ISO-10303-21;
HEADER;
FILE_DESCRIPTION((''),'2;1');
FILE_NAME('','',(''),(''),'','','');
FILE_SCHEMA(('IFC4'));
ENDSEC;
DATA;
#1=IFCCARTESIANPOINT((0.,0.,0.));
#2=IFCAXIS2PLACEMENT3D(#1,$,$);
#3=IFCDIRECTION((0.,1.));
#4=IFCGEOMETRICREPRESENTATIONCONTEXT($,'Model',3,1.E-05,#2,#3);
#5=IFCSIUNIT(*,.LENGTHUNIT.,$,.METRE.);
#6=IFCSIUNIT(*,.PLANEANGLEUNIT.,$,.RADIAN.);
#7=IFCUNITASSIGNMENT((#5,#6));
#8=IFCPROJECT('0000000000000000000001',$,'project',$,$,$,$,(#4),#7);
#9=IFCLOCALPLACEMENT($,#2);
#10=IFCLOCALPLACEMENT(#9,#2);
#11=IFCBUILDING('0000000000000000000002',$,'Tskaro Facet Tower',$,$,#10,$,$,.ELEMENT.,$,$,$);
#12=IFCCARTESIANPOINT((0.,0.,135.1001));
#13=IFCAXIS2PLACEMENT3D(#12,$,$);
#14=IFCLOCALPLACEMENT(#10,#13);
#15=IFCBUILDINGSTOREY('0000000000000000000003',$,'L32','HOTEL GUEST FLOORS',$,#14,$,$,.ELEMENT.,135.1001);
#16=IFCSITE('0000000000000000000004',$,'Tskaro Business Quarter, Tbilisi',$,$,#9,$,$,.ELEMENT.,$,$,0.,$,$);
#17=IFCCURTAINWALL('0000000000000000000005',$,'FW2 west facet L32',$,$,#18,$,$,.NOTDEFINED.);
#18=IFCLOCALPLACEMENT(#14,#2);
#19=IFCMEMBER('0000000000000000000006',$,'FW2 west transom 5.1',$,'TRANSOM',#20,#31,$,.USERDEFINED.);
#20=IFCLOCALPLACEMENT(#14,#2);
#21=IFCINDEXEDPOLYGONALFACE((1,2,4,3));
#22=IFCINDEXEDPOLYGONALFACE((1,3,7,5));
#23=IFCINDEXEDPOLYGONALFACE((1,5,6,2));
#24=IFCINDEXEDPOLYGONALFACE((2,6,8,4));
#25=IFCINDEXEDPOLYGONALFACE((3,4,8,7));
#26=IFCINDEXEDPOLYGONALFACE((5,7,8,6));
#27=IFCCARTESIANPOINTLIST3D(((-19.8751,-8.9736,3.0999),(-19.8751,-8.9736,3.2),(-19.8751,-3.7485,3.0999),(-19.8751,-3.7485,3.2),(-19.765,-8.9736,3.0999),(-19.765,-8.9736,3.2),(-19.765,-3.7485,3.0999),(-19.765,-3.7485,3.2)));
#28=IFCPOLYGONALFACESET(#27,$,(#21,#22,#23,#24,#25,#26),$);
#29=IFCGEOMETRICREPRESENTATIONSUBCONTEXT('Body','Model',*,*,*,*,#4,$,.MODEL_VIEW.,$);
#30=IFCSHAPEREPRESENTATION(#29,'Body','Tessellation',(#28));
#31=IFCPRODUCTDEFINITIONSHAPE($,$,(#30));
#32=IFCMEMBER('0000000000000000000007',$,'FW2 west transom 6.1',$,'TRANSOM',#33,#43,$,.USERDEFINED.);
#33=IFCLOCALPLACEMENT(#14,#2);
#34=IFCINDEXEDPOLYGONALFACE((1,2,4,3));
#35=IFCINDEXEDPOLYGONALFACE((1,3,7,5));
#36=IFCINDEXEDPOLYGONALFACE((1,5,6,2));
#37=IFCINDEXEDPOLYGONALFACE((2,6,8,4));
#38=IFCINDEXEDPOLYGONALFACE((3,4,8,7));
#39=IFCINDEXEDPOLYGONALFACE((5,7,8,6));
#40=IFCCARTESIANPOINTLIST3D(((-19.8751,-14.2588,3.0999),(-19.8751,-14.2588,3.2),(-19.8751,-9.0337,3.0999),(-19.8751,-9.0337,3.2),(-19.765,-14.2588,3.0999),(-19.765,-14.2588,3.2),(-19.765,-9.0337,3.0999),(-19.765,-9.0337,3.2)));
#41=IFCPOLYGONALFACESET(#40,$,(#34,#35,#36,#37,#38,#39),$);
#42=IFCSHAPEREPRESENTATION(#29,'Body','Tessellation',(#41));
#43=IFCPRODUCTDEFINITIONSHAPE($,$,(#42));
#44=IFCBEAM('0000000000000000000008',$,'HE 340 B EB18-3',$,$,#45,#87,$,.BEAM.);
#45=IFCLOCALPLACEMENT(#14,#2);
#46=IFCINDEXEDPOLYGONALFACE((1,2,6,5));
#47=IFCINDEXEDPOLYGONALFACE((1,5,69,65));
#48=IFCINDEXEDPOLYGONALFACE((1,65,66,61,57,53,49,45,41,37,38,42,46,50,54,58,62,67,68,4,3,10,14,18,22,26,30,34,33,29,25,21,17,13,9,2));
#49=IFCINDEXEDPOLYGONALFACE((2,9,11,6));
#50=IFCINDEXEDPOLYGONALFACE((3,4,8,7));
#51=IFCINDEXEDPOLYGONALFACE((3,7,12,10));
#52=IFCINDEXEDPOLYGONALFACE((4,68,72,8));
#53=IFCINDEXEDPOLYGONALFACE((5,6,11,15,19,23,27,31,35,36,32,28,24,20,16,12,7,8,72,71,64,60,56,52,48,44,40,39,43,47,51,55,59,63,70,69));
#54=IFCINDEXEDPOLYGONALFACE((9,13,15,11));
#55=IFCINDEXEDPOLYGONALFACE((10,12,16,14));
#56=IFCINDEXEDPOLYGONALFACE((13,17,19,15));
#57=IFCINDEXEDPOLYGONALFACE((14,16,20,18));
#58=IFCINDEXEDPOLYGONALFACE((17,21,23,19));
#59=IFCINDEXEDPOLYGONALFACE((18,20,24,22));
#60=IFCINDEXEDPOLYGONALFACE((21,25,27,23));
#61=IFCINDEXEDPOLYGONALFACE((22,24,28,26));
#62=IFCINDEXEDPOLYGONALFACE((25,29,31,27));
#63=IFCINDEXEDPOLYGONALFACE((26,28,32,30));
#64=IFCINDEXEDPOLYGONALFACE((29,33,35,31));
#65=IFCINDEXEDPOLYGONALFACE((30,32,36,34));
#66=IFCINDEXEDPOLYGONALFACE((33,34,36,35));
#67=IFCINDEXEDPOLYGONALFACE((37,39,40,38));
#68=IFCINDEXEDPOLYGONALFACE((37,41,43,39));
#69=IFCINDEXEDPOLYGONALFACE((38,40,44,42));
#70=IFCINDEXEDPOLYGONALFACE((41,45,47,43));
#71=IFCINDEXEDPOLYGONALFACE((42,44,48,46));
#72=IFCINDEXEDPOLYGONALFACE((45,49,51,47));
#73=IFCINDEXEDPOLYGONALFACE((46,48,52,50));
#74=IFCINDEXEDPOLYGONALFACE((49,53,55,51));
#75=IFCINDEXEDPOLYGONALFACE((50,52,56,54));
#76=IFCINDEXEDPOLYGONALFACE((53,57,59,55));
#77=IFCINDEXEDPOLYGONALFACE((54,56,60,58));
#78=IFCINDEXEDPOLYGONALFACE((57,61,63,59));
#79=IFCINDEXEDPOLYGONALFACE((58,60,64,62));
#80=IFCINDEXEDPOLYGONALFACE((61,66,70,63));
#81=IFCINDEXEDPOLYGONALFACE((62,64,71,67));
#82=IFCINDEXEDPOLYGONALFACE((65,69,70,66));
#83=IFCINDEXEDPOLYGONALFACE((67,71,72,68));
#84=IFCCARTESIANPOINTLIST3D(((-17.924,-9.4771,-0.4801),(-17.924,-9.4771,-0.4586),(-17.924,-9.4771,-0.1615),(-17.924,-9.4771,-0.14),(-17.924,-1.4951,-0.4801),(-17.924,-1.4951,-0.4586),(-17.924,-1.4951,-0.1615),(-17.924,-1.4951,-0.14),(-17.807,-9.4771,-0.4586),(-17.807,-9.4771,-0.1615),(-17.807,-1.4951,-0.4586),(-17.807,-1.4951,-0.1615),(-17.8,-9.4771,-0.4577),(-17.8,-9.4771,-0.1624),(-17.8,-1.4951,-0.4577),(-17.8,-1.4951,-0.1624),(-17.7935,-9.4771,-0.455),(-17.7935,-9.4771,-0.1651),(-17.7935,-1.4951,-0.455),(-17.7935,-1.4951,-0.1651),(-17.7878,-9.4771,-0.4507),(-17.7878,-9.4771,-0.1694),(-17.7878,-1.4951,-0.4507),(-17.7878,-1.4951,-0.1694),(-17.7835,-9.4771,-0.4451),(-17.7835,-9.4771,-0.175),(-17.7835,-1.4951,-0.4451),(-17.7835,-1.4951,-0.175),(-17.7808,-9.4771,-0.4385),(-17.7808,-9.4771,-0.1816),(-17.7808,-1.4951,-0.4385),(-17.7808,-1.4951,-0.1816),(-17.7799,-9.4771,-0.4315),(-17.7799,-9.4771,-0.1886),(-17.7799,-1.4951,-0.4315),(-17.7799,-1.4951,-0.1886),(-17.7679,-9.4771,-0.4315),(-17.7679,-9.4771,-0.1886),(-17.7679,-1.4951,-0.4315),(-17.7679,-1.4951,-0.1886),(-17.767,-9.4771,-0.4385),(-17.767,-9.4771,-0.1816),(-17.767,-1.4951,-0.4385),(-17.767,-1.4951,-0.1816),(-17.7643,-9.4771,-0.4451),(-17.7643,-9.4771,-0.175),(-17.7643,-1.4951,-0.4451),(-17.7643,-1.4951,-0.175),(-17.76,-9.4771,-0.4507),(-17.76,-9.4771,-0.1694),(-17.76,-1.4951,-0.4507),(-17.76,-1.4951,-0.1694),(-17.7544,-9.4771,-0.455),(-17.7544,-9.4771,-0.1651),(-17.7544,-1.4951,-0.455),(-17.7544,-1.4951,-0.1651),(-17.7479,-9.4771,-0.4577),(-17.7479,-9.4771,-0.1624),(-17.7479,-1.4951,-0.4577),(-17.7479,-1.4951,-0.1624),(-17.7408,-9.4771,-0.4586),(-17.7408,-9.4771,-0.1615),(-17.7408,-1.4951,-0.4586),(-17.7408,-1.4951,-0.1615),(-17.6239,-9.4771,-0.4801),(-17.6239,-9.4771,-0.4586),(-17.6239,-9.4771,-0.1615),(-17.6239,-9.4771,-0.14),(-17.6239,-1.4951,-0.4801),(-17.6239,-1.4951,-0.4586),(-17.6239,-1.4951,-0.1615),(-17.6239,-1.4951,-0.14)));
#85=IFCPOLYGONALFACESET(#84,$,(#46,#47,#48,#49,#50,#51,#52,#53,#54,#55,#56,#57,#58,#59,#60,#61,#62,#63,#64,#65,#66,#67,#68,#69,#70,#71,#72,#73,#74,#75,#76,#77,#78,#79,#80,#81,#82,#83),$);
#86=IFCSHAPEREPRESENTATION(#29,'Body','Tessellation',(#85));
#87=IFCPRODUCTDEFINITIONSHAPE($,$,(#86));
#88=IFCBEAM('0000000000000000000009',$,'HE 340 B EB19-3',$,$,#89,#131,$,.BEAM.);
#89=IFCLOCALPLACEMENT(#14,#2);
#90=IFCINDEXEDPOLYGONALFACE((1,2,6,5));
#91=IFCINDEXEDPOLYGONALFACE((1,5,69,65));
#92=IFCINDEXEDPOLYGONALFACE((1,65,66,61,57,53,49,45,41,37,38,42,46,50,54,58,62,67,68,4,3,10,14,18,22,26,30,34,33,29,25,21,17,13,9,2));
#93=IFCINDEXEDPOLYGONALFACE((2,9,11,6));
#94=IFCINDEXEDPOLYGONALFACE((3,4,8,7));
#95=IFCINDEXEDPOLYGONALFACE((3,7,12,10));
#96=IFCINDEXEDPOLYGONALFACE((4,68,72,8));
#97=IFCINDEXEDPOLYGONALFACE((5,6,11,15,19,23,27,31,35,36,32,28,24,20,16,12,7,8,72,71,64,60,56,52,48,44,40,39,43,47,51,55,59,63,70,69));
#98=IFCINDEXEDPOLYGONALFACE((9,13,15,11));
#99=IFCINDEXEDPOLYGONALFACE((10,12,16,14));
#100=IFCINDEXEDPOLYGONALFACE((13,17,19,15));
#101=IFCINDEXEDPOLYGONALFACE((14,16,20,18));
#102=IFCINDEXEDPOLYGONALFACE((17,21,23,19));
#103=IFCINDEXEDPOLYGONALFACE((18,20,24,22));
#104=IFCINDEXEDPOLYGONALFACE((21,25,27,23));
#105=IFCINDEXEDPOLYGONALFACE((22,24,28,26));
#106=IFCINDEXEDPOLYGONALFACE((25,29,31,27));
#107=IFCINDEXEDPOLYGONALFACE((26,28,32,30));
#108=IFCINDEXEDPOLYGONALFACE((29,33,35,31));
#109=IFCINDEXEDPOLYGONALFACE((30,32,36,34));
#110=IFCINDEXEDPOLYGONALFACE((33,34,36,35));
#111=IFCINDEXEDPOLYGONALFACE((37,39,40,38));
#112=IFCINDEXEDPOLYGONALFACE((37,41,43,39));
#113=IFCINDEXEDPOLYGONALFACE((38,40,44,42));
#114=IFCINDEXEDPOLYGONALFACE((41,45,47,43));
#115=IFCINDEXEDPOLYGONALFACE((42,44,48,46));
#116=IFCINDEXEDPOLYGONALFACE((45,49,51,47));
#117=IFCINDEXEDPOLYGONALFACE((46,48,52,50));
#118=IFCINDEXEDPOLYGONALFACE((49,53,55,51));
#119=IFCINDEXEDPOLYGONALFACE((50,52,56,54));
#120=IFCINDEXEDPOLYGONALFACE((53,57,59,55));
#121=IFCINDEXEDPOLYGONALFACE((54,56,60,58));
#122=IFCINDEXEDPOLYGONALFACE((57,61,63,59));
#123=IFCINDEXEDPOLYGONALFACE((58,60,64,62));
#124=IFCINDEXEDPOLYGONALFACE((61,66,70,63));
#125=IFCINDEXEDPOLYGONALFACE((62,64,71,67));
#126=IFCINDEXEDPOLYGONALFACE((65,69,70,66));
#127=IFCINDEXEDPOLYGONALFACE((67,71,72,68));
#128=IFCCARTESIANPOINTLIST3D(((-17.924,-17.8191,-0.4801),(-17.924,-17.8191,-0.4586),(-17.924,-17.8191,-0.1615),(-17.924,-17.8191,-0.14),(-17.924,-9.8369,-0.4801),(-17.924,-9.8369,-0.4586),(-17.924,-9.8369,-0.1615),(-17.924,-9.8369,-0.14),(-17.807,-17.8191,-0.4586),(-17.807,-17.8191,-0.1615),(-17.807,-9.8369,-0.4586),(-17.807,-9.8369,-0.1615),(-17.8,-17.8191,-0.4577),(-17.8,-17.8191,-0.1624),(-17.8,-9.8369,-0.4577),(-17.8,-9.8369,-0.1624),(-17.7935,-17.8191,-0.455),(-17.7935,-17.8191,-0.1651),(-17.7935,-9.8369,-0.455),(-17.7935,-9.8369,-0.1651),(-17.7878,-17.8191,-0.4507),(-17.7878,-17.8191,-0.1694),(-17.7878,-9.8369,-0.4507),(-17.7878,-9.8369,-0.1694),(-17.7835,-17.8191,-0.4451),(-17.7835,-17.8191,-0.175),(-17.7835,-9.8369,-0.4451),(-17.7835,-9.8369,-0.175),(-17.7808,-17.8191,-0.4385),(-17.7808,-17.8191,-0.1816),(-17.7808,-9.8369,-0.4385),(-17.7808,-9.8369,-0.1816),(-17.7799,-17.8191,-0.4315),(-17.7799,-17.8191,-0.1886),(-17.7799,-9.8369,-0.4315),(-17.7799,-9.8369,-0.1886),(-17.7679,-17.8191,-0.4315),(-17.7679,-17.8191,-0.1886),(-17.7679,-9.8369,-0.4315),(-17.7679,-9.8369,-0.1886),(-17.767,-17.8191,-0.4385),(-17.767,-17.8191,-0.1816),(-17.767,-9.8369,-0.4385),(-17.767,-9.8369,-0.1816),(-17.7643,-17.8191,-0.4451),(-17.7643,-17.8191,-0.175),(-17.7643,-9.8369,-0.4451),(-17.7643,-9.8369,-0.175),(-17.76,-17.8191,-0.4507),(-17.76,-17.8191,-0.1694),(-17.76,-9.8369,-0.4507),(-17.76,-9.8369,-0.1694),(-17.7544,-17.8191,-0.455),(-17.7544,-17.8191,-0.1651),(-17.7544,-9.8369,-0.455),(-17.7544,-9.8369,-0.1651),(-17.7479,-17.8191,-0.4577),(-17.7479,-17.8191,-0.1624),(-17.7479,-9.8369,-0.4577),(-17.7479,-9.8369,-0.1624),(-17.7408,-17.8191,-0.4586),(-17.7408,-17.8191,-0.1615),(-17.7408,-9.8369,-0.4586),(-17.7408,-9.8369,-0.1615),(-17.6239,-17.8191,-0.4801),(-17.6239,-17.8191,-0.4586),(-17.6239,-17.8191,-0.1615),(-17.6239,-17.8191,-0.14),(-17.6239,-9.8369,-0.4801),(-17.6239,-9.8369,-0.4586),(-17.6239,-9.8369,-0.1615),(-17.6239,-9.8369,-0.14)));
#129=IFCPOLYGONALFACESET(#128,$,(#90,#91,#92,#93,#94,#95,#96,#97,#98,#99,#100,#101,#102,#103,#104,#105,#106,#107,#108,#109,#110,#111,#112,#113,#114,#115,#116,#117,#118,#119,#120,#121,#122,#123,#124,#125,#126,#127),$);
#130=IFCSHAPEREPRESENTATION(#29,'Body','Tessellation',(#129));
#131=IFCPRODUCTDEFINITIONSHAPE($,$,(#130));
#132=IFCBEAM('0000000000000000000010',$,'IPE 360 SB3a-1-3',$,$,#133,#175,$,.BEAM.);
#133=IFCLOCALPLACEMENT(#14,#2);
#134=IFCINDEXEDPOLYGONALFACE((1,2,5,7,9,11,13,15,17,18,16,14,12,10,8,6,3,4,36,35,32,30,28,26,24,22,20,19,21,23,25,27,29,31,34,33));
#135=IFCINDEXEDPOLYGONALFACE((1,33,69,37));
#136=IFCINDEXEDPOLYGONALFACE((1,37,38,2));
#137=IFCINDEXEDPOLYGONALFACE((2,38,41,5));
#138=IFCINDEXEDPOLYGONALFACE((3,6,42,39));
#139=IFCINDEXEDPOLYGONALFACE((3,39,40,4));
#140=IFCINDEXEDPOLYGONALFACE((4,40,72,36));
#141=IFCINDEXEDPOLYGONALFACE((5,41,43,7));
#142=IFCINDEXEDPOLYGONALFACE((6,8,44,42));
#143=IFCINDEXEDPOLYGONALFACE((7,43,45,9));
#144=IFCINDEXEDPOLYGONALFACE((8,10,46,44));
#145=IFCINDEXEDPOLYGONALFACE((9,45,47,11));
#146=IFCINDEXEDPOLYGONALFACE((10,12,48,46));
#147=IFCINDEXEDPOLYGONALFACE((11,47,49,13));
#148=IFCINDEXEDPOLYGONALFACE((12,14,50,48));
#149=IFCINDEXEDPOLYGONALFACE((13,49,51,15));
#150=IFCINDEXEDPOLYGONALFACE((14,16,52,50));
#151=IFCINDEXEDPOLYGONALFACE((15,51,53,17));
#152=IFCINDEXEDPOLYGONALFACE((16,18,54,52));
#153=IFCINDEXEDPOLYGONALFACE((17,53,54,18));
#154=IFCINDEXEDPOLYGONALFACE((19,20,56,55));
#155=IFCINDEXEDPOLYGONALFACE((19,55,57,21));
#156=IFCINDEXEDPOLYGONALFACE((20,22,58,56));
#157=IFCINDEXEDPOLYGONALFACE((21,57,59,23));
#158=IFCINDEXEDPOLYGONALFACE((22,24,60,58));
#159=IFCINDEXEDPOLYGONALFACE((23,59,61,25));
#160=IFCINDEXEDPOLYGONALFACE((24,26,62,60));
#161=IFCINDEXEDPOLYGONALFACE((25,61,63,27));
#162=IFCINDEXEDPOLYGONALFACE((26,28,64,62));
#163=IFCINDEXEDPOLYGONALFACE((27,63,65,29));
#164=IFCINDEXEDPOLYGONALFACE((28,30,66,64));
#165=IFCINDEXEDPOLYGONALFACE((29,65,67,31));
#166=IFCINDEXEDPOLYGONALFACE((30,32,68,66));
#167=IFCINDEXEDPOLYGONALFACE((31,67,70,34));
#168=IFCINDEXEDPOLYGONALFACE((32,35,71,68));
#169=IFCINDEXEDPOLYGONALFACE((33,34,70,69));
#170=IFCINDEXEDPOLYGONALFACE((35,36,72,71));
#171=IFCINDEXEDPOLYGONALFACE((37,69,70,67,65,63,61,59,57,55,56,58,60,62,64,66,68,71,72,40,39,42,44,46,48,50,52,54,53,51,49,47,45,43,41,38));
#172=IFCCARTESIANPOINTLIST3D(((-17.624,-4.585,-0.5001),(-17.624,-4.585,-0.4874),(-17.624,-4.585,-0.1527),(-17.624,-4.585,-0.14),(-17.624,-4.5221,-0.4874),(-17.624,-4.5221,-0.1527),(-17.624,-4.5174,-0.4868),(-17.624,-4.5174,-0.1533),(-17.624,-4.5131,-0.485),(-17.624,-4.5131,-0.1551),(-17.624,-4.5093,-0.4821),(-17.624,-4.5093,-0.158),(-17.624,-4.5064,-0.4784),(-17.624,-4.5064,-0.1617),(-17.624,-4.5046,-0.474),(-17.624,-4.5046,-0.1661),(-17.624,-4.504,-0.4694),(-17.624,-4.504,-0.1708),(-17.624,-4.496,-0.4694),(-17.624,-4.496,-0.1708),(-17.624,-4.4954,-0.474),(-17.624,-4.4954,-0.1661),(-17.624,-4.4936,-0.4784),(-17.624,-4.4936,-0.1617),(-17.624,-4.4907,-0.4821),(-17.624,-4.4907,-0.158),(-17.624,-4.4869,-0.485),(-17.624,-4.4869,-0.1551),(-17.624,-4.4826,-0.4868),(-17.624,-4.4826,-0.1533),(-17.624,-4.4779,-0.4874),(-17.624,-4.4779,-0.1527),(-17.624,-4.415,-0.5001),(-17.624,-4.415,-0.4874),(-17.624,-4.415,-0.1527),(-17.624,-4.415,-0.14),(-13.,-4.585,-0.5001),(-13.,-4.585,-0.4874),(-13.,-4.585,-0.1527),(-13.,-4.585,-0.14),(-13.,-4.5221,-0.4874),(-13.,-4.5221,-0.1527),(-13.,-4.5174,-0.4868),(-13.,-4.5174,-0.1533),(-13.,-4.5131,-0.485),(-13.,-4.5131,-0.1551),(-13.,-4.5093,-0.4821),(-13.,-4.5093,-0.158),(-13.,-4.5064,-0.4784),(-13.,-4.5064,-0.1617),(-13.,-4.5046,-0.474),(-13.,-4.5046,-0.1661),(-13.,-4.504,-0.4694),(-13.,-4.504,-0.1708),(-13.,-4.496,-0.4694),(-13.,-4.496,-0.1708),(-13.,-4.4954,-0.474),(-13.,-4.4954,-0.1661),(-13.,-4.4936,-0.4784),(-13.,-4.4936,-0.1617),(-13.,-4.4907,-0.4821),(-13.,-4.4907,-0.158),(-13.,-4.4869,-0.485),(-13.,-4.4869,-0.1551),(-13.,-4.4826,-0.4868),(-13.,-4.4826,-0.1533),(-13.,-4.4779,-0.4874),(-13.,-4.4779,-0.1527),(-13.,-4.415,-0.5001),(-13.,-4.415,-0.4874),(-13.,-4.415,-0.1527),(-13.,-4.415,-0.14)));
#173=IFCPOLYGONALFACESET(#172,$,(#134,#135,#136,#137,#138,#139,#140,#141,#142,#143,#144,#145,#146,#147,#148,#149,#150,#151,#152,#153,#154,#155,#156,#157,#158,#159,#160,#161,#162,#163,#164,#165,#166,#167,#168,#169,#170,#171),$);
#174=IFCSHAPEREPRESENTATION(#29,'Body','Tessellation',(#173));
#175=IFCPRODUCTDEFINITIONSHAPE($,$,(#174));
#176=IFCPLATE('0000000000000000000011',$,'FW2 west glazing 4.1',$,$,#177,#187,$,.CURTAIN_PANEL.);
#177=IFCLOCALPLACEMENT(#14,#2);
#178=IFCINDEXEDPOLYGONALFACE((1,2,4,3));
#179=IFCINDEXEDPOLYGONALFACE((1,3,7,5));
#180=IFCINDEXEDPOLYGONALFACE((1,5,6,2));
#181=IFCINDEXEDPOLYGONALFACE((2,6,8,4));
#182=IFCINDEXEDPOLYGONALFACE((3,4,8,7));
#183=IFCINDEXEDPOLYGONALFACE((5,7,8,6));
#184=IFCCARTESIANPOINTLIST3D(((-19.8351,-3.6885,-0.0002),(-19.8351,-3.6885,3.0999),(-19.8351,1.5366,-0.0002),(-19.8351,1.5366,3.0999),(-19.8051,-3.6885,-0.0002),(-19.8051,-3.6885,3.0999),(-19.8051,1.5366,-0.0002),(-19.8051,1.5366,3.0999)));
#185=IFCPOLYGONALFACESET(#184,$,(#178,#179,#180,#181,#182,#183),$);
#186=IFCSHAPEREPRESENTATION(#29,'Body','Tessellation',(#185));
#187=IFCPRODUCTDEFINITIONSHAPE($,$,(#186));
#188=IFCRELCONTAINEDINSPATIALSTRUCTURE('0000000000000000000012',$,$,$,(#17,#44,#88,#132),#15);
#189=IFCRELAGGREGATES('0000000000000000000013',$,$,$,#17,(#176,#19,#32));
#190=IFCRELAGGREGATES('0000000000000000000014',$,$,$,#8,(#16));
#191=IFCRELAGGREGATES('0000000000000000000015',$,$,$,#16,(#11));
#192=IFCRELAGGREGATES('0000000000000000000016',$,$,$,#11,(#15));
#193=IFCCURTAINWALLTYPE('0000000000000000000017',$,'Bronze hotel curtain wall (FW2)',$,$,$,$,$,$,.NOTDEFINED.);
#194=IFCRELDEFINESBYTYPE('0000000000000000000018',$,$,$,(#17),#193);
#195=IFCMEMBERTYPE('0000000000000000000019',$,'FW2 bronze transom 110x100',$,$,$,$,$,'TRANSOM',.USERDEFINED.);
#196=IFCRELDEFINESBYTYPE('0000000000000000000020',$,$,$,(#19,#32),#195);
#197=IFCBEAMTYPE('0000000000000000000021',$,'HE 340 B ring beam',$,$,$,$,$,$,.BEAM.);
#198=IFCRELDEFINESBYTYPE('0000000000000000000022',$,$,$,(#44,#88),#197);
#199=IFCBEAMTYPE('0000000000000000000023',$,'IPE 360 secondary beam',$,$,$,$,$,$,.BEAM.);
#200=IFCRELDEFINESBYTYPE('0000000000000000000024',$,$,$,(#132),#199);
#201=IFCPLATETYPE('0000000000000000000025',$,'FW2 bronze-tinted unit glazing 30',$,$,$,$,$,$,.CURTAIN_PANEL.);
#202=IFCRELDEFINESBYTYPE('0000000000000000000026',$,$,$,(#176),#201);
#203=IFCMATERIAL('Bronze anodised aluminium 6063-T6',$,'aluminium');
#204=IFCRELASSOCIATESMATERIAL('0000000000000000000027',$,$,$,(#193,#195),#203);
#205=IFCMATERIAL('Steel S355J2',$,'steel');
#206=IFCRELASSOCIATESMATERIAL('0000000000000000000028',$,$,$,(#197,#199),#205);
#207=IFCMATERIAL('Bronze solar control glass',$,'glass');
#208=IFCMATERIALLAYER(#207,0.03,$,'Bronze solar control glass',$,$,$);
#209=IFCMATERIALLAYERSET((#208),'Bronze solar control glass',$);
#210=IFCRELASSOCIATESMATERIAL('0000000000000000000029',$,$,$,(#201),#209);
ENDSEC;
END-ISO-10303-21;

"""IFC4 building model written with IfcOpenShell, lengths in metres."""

from ifc_helpers import new_model, si_unit, direction, frame, origin, origin_2d, place, context, subcontext, project, spatial, rectangle, i_section, extrude, material, layer, layer_set, material_profile, profile_set, type_object, element, aggregate, save


model = new_model("IFC4")

# Units and contexts
model_context = context("Model", 3, precision=1e-05, world=origin(), true_north=direction((0.0, 1.0)))
body_context = subcontext(model_context, "Body", "Model", "MODEL_VIEW")
ifc_project = project(units=[si_unit("LENGTHUNIT", "METRE"), si_unit("PLANEANGLEUNIT", "RADIAN")], contexts=[model_context])

# Site, building, storey
site_placement = place(None, origin())
site = spatial("IfcSite", under=ifc_project, at=site_placement, Name="Tskaro Business Quarter, Tbilisi", CompositionType="ELEMENT", RefElevation=0.0)
building_placement = place(site_placement, origin())
building = spatial("IfcBuilding", under=site, at=building_placement, Name="Tskaro Facet Tower", CompositionType="ELEMENT")
storey_placement = place(building_placement, frame((0.0, 0.0, 135.1001)))
storey = spatial("IfcBuildingStorey", under=building, at=storey_placement, Name="L32", Description="HOTEL GUEST FLOORS", CompositionType="ELEMENT", Elevation=135.1001)

# Curtain wall, members
ifc_material_1 = material(Name="Bronze anodised aluminium 6063-T6", Category="aluminium")
curtain_wall_type = type_object("IfcCurtainWallType", Name="Bronze hotel curtain wall (FW2)", PredefinedType="NOTDEFINED", material=ifc_material_1)
curtain_wall_placement = place(storey_placement, origin())
curtain_wall = element("IfcCurtainWall", 1, at=curtain_wall_placement, inside=storey, type_object=curtain_wall_type, Name="FW2 west facet L32", PredefinedType="NOTDEFINED")
ifc_material_profile_1 = material_profile(ifc_material_1, rectangle(XDim=0.1101, YDim=0.1001, at=origin_2d()), Name="Transom 110x100")
ifc_profile_set_1 = profile_set([ifc_material_profile_1], Name="Bronze anodised aluminium 6063-T6")
member_type_1 = type_object("IfcMemberType", Name="FW2 bronze transom 110x100", ElementType="TRANSOM", PredefinedType="USERDEFINED", material=ifc_profile_set_1)
member_1_placement = place(storey_placement, frame((-19.8201, -3.7485, 3.1499), z_axis=(0.0, -1.0, 0.0), x_axis=(1.0, 0.0, 0.0)))
member_1 = element("IfcMember", 2, at=member_1_placement, type_object=member_type_1, Name="FW2 west transom 5.1", ObjectType="TRANSOM", PredefinedType="USERDEFINED", context=body_context, shape_type="SweptSolid", body=[
    extrude(rectangle(XDim=0.1101, YDim=0.1001, at=origin_2d()), origin(), (0.0, 0.0, 1.0), 5.2251),
])
member_2_placement = place(storey_placement, frame((-19.8201, -9.0337, 3.1499), z_axis=(0.0, -1.0, 0.0), x_axis=(1.0, 0.0, 0.0)))
member_2 = element("IfcMember", 3, at=member_2_placement, type_object=member_type_1, Name="FW2 west transom 6.1", ObjectType="TRANSOM", PredefinedType="USERDEFINED", context=body_context, shape_type="SweptSolid", body=[
    extrude(rectangle(XDim=0.1101, YDim=0.1001, at=origin_2d()), origin(), (0.0, 0.0, 1.0), 5.2251),
])

# Beams
ifc_material_2 = material(Name="Steel S355J2", Category="steel")
ifc_material_profile_2 = material_profile(ifc_material_2, i_section(OverallWidth=0.3, OverallDepth=0.3401, WebThickness=0.012, FlangeThickness=0.0215, FilletRadius=0.0271, at=origin_2d()), Name="HE 340 B")
ifc_profile_set_2 = profile_set([ifc_material_profile_2], Name="Steel S355J2")
beam_type_1 = type_object("IfcBeamType", Name="HE 340 B ring beam", PredefinedType="BEAM", material=ifc_profile_set_2)
beam_1_placement = place(storey_placement, frame((-17.7739, -1.4951, -0.3101), z_axis=(0.0, -1.0, 0.0), x_axis=(1.0, 0.0, 0.0)))
element("IfcBeam", 4, at=beam_1_placement, inside=storey, type_object=beam_type_1, Name="HE 340 B EB18-3", PredefinedType="BEAM", context=body_context, shape_type="SweptSolid", body=[
    extrude(i_section(OverallWidth=0.3, OverallDepth=0.3401, WebThickness=0.012, FlangeThickness=0.0215, FilletRadius=0.0271, at=origin_2d()), origin(), (0.0, 0.0, 1.0), 7.9819),
])
beam_2_placement = place(storey_placement, frame((-17.7739, -9.8369, -0.3101), z_axis=(0.0, -1.0, 0.0), x_axis=(1.0, 0.0, 0.0)))
element("IfcBeam", 5, at=beam_2_placement, inside=storey, type_object=beam_type_1, Name="HE 340 B EB19-3", PredefinedType="BEAM", context=body_context, shape_type="SweptSolid", body=[
    extrude(i_section(OverallWidth=0.3, OverallDepth=0.3401, WebThickness=0.012, FlangeThickness=0.0215, FilletRadius=0.0271, at=origin_2d()), origin(), (0.0, 0.0, 1.0), 7.9822),
])
ifc_material_profile_3 = material_profile(ifc_material_2, i_section(OverallWidth=0.1699, OverallDepth=0.3601, WebThickness=0.0081, FlangeThickness=0.0127, FilletRadius=0.0181, at=origin_2d()), Name="IPE 360")
ifc_profile_set_3 = profile_set([ifc_material_profile_3], Name="Steel S355J2")
beam_type_2 = type_object("IfcBeamType", Name="IPE 360 secondary beam", PredefinedType="BEAM", material=ifc_profile_set_3)
beam_3_placement = place(storey_placement, frame((-17.624, -4.5, -0.3201), z_axis=(1.0, 0.0, 0.0), x_axis=(0.0, 1.0, 0.0)))
element("IfcBeam", 6, at=beam_3_placement, inside=storey, type_object=beam_type_2, Name="IPE 360 SB3a-1-3", PredefinedType="BEAM", context=body_context, shape_type="SweptSolid", body=[
    extrude(i_section(OverallWidth=0.1699, OverallDepth=0.3601, WebThickness=0.0081, FlangeThickness=0.0127, FilletRadius=0.0181, at=origin_2d()), origin(), (0.0, 0.0, 1.0), 4.624),
])

# Plate
ifc_material_3 = material(Name="Bronze solar control glass", Category="glass")
ifc_layer_1 = layer(ifc_material_3, 0.03, Name="Bronze solar control glass")
ifc_layer_set_1 = layer_set([ifc_layer_1], Name="Bronze solar control glass")
plate_type = type_object("IfcPlateType", Name="FW2 bronze-tinted unit glazing 30", PredefinedType="CURTAIN_PANEL", material=ifc_layer_set_1)
plate_1_placement = place(storey_placement, frame((-19.8201, -1.0759, -0.0002), z_axis=(0.0, 0.0, 1.0), x_axis=(0.0, -1.0, 0.0)))
plate_1 = element("IfcPlate", 7, at=plate_1_placement, type_object=plate_type, Name="FW2 west glazing 4.1", PredefinedType="CURTAIN_PANEL", context=body_context, shape_type="SweptSolid", body=[
    extrude(rectangle(XDim=5.2251, YDim=0.03, at=origin_2d()), origin(), (0.0, 0.0, 1.0), 3.1001),
])
aggregate(curtain_wall, [plate_1, member_1, member_2])

save(model, "model.ifc")
